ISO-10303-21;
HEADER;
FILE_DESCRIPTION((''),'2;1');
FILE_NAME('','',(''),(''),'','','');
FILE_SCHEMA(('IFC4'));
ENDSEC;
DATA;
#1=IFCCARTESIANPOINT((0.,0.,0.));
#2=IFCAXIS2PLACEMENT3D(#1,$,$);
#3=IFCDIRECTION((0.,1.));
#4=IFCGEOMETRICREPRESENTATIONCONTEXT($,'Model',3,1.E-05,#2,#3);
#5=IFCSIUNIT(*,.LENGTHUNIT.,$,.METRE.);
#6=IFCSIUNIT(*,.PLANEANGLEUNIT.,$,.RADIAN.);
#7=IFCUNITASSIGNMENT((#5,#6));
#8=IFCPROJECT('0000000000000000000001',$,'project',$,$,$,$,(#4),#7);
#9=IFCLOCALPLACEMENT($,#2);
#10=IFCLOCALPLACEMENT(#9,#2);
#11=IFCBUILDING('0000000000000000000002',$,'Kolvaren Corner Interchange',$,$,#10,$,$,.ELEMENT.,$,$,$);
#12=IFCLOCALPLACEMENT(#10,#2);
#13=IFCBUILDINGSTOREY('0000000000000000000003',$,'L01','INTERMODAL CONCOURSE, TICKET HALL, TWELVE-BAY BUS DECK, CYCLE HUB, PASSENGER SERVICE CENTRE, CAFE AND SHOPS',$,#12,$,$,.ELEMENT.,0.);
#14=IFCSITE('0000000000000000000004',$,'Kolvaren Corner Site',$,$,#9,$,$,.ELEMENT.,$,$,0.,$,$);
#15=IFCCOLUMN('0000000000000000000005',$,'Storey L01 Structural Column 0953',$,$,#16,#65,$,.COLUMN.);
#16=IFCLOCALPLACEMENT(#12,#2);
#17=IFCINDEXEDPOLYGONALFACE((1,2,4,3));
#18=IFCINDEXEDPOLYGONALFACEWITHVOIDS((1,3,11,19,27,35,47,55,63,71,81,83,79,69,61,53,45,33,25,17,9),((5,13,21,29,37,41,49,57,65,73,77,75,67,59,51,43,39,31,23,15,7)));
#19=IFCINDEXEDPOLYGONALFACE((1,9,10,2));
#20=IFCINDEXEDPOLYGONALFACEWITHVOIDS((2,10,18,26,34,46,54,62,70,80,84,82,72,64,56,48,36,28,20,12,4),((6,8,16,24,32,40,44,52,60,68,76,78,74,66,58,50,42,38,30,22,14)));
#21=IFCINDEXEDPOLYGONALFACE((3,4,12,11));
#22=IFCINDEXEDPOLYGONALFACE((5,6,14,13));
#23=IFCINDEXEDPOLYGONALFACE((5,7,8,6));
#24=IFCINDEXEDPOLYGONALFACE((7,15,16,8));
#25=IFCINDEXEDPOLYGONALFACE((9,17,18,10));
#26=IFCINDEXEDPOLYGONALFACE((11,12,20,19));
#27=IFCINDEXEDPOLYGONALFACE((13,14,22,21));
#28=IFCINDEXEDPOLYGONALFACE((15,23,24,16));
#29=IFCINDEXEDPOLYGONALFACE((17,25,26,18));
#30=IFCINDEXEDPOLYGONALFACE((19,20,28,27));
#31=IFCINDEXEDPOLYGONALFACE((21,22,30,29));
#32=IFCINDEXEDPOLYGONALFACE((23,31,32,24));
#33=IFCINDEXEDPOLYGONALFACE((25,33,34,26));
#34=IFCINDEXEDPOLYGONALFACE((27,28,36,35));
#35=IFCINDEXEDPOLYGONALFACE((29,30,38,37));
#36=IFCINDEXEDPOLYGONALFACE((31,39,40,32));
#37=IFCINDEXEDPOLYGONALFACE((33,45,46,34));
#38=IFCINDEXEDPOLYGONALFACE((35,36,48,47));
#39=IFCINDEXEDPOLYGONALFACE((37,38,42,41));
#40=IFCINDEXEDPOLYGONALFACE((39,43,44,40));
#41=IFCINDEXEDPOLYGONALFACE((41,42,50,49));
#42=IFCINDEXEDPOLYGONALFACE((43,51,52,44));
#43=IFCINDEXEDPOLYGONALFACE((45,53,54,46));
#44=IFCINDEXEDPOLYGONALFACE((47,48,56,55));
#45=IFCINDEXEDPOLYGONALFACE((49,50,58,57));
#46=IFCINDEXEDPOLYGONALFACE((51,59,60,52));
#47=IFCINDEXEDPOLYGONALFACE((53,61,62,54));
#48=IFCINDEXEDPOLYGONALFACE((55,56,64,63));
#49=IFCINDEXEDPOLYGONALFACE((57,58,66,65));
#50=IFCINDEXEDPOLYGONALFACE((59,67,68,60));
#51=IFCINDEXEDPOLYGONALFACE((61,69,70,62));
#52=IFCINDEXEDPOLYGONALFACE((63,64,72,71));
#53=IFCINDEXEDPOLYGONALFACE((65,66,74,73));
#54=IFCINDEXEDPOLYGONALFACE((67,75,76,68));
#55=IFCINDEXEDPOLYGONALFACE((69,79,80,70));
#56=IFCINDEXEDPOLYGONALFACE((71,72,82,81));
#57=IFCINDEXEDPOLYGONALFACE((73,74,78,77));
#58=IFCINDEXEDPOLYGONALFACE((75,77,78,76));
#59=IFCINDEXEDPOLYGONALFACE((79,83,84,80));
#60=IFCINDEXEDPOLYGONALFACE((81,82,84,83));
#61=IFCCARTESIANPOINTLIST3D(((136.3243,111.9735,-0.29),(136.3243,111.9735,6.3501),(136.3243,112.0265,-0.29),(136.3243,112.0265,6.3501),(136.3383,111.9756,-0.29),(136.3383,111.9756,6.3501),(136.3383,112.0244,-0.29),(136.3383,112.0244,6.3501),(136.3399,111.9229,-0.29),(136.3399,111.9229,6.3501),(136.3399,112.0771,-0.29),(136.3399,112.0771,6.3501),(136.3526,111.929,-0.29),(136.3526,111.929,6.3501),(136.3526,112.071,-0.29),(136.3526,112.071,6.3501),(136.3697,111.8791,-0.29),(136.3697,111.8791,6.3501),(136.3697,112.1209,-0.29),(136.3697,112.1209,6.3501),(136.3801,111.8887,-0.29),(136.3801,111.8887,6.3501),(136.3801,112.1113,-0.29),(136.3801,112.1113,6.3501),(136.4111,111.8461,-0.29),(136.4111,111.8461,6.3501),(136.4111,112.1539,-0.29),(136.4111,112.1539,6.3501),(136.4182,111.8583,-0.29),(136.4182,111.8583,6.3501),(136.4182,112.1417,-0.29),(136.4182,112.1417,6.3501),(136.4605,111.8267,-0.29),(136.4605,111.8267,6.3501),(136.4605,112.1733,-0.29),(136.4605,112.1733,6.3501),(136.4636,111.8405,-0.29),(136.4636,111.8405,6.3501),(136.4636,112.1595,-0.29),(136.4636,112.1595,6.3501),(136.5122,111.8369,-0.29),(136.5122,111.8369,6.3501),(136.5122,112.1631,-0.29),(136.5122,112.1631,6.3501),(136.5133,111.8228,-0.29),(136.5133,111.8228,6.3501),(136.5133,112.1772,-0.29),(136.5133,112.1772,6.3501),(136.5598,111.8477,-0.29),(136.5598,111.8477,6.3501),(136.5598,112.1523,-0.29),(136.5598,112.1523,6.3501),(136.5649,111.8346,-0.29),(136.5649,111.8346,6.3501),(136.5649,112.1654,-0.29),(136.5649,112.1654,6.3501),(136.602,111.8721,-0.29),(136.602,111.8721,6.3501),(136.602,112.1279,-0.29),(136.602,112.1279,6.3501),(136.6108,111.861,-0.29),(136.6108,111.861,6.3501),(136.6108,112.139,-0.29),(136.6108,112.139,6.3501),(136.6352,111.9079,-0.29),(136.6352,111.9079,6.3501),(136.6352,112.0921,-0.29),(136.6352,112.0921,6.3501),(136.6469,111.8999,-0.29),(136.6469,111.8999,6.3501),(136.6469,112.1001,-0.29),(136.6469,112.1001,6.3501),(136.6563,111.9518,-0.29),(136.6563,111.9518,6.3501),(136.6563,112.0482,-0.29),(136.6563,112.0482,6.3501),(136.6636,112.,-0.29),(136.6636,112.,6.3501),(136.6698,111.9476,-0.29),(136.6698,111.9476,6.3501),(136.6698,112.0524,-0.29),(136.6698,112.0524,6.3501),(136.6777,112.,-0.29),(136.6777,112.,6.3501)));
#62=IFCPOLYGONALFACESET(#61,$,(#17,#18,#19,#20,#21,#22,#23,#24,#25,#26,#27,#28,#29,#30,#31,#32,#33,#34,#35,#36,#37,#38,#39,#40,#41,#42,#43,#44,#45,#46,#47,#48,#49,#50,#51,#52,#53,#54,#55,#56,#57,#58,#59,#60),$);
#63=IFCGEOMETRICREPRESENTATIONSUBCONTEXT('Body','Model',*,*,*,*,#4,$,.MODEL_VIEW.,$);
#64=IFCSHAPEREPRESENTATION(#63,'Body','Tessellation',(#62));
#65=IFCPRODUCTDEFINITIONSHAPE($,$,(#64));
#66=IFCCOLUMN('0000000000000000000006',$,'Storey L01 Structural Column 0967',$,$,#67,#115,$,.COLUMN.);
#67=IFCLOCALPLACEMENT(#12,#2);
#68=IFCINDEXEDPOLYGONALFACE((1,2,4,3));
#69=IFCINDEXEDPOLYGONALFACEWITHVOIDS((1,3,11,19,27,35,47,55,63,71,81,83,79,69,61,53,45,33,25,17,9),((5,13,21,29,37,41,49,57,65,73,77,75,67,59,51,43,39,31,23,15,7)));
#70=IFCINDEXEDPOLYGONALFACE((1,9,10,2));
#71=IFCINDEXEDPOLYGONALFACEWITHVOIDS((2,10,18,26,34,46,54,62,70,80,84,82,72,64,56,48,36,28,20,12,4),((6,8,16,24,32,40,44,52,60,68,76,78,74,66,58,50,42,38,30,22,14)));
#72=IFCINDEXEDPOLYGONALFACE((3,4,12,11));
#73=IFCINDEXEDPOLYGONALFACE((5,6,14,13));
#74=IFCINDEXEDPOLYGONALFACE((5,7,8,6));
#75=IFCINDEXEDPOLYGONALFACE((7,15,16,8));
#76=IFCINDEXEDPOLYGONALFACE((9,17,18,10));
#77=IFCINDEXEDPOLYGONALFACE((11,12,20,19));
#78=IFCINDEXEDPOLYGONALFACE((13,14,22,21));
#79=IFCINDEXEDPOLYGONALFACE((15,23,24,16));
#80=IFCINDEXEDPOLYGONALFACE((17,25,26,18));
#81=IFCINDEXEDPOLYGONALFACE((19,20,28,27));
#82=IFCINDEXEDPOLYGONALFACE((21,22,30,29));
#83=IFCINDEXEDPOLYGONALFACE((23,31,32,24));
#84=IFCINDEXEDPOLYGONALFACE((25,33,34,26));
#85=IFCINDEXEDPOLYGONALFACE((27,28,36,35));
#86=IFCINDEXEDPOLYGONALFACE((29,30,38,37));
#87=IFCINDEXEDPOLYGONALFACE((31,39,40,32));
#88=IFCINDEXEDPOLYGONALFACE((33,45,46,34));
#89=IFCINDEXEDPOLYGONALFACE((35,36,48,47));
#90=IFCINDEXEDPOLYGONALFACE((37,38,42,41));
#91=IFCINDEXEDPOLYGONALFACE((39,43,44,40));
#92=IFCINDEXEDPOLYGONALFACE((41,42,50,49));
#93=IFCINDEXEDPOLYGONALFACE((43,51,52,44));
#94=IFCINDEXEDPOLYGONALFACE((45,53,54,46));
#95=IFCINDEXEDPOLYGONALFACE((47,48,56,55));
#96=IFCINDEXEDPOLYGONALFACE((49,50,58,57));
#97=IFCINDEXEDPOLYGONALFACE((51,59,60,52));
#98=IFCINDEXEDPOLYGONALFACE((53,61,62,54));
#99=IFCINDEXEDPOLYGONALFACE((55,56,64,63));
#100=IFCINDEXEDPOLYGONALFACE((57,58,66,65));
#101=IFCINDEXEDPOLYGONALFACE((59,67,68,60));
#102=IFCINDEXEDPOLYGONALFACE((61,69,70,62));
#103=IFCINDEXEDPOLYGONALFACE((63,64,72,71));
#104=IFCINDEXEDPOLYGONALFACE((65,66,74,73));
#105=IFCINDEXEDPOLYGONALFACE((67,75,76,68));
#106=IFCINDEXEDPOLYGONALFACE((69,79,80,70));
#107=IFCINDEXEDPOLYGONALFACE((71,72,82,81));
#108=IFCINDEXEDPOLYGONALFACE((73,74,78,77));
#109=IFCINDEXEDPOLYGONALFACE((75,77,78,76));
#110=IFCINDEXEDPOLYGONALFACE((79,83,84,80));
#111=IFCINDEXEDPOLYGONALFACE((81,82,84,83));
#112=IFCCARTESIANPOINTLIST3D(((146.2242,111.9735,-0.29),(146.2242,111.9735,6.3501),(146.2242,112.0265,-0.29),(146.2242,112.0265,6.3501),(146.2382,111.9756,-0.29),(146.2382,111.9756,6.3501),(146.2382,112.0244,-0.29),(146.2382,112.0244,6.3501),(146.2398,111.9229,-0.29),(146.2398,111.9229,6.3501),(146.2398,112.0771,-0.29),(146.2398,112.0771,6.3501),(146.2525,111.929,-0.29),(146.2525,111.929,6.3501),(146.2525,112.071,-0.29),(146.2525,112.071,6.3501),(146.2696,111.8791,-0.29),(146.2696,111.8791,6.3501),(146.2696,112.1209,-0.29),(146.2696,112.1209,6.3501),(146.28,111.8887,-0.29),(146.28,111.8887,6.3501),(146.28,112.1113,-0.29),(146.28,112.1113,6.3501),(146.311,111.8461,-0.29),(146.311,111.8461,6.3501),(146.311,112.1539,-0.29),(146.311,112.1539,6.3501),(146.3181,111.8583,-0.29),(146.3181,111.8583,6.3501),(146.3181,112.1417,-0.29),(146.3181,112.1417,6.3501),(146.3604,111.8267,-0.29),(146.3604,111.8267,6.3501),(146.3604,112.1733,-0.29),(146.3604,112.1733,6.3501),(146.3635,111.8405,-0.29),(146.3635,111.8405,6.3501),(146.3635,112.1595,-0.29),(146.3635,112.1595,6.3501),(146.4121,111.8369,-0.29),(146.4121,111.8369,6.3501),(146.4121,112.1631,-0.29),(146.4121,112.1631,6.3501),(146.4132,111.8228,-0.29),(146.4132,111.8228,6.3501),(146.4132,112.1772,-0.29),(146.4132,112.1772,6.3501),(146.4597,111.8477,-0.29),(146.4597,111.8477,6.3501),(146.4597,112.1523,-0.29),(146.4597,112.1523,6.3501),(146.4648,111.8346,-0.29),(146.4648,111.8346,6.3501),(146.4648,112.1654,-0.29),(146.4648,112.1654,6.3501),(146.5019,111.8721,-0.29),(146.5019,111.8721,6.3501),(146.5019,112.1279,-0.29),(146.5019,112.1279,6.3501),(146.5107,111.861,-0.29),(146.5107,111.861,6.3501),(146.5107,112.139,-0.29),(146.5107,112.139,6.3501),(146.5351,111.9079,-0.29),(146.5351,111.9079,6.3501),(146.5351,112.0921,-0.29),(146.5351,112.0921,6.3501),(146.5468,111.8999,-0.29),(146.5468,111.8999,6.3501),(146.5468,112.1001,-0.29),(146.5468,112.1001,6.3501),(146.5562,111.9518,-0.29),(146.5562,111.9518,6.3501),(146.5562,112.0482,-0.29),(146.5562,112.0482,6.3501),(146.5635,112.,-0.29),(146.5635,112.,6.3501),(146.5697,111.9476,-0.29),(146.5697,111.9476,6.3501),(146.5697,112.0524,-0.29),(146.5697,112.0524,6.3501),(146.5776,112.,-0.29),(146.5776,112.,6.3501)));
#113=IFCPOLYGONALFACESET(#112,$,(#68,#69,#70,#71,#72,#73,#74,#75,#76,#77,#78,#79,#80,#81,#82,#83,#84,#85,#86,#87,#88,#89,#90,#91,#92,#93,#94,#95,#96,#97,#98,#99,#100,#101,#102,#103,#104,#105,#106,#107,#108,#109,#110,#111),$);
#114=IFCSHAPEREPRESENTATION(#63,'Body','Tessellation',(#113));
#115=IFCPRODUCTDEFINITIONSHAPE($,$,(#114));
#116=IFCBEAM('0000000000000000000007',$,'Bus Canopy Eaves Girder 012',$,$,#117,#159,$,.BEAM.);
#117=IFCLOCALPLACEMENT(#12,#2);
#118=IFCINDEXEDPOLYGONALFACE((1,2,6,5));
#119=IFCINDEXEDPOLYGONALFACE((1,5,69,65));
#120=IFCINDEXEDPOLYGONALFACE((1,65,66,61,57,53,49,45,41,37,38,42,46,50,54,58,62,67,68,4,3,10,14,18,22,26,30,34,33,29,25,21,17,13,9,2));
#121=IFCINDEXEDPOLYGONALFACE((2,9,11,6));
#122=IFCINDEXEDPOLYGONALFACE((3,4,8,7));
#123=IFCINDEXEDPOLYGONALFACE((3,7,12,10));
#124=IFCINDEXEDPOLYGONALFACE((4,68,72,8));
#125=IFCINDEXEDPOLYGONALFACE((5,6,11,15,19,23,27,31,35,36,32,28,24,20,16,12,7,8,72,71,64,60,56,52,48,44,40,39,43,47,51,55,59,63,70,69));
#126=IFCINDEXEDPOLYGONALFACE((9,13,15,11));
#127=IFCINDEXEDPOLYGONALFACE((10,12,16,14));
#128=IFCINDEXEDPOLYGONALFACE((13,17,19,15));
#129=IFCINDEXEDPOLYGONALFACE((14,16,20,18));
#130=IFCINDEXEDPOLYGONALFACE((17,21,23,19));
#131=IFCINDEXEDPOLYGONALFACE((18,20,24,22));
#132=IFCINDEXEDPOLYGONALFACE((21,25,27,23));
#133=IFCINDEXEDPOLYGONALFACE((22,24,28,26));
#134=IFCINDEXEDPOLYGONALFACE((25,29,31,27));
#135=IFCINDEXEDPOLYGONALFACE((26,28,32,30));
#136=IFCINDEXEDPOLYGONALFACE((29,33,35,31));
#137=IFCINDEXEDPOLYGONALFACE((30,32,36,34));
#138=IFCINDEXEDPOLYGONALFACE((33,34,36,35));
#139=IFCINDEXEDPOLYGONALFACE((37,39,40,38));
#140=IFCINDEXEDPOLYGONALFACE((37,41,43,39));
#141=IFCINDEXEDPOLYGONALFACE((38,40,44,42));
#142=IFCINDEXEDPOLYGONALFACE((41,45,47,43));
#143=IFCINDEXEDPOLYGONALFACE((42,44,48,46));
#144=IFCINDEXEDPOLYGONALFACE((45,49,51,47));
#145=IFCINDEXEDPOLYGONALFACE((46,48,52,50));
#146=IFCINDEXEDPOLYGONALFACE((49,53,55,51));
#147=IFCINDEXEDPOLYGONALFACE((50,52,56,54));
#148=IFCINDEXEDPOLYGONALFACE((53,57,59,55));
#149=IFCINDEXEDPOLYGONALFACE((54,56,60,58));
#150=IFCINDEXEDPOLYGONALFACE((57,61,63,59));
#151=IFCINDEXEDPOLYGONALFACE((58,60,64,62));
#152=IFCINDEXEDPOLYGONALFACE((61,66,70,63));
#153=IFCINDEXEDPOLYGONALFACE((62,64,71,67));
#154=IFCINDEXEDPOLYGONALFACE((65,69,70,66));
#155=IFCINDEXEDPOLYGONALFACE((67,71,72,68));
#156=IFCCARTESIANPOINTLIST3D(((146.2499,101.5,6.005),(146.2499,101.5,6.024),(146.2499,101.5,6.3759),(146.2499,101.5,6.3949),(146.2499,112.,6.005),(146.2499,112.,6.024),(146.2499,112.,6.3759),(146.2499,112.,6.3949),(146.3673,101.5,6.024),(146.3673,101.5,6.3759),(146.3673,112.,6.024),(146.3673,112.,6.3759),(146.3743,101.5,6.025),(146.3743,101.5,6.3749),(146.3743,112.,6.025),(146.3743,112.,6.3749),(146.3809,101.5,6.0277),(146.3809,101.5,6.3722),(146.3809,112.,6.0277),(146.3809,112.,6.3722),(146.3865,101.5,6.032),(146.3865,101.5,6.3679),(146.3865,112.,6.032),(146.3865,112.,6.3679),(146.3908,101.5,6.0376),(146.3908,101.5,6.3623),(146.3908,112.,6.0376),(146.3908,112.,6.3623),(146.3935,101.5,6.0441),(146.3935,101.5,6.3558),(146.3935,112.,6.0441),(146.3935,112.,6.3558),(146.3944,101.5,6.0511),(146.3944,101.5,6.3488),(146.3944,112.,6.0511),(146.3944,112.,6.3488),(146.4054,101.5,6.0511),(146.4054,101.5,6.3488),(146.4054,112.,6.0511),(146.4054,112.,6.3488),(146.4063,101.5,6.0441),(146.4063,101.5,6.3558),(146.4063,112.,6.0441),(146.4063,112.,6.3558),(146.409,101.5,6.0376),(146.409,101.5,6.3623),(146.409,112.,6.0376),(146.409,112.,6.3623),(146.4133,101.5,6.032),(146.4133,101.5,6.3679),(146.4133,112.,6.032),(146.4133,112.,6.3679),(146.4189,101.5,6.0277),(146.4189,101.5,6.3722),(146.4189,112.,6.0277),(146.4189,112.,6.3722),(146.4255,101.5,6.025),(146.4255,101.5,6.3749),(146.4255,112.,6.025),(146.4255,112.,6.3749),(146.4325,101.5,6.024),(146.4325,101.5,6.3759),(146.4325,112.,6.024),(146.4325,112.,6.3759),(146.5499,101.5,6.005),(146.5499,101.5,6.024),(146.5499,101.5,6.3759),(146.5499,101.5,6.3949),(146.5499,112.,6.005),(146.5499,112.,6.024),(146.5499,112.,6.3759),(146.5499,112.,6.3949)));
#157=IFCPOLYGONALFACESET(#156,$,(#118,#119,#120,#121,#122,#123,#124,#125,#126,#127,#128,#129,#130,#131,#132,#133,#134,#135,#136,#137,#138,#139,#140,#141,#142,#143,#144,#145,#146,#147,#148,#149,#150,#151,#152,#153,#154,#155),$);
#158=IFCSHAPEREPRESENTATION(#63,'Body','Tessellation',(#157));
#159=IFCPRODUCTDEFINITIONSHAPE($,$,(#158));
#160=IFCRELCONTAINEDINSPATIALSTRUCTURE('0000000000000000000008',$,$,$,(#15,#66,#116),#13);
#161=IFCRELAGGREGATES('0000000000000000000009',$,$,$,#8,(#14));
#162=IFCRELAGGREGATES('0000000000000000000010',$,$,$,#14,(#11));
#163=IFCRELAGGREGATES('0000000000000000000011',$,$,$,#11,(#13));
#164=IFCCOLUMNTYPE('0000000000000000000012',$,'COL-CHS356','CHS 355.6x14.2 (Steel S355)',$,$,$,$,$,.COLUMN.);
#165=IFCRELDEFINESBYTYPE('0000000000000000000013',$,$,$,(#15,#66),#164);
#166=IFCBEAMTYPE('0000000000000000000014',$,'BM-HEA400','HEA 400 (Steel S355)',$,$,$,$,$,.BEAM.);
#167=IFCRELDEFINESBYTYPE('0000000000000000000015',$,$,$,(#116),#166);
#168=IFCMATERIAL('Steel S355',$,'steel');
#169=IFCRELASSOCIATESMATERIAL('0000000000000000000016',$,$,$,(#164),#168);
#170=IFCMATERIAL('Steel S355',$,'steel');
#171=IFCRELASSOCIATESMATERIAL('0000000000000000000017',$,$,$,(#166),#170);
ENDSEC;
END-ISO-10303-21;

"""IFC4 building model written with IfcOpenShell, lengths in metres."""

from ifc_helpers import new_model, si_unit, direction, frame, origin, origin_2d, place, context, subcontext, project, spatial, hollow_circle, i_section, extrude, material, material_profile, profile_set, type_object, element, save


model = new_model("IFC4")

# Units and contexts
model_context = context("Model", 3, precision=1e-05, world=origin(), true_north=direction((0.0, 1.0)))
body_context = subcontext(model_context, "Body", "Model", "MODEL_VIEW")
ifc_project = project(units=[si_unit("LENGTHUNIT", "METRE"), si_unit("PLANEANGLEUNIT", "RADIAN")], contexts=[model_context])

# Site, building, storey
site_placement = place(None, origin())
site = spatial("IfcSite", under=ifc_project, at=site_placement, Name="Kolvaren Corner Site", CompositionType="ELEMENT", RefElevation=0.0)
building_placement = place(site_placement, origin())
building = spatial("IfcBuilding", under=site, at=building_placement, Name="Kolvaren Corner Interchange", CompositionType="ELEMENT")
storey_placement = place(building_placement, origin())
storey = spatial("IfcBuildingStorey", under=building, at=storey_placement, Name="L01", Description="INTERMODAL CONCOURSE, TICKET HALL, TWELVE-BAY BUS DECK, CYCLE HUB, PASSENGER SERVICE CENTRE, CAFE AND SHOPS", CompositionType="ELEMENT", Elevation=0.0)

# Columns
ifc_material_1 = material(Name="Steel S355", Category="steel")
ifc_material_profile_1 = material_profile(ifc_material_1, hollow_circle(Radius=0.1777, WallThickness=0.0142, at=origin_2d()), Name="CHS 355.6x14.2")
ifc_profile_set_1 = profile_set([ifc_material_profile_1], Name="Steel S355")
column_type = type_object("IfcColumnType", Name="COL-CHS356", Description="CHS 355.6x14.2 (Steel S355)", PredefinedType="COLUMN", material=ifc_profile_set_1)
for number, where, z_axis, x_axis, name in (
    (1, (136.5, 112.0, -0.29), (0.0, 0.0, 1.0), (1.0, 0.0, 0.0), "Storey L01 Structural Column 0953"),
    (2, (146.3999, 112.0, -0.29), (0.0, 0.0, 1.0), (1.0, 0.0, 0.0), "Storey L01 Structural Column 0967"),
):
    element("IfcColumn", number, at=place(storey_placement, frame(where, z_axis=z_axis, x_axis=x_axis)), inside=storey, type_object=column_type, Name=name, PredefinedType="COLUMN", context=body_context, shape_type="SweptSolid", body=[
        extrude(hollow_circle(Radius=0.1777, WallThickness=0.0142, at=origin_2d()), origin(), (0.0, 0.0, 1.0), 6.6401),
    ])

# Beam
ifc_material_2 = material(Name="Steel S355", Category="steel")
ifc_material_profile_2 = material_profile(ifc_material_2, i_section(OverallWidth=0.3, OverallDepth=0.3899, WebThickness=0.011, FlangeThickness=0.019, FilletRadius=0.0271, at=origin_2d()), Name="HEA 400")
ifc_profile_set_2 = profile_set([ifc_material_profile_2], Name="Steel S355")
beam_type = type_object("IfcBeamType", Name="BM-HEA400", Description="HEA 400 (Steel S355)", PredefinedType="BEAM", material=ifc_profile_set_2)
beam_placement = place(storey_placement, frame((146.3999, 101.5, 6.2), z_axis=(0.0, 1.0, 0.0), x_axis=(-1.0, 0.0, 0.0)))
element("IfcBeam", 3, at=beam_placement, inside=storey, type_object=beam_type, Name="Bus Canopy Eaves Girder 012", PredefinedType="BEAM", context=body_context, shape_type="SweptSolid", body=[
    extrude(i_section(OverallWidth=0.3, OverallDepth=0.3899, WebThickness=0.011, FlangeThickness=0.019, FilletRadius=0.0271, at=origin_2d()), origin(), (0.0, 0.0, 1.0), 10.5),
])

save(model, "model.ifc")
